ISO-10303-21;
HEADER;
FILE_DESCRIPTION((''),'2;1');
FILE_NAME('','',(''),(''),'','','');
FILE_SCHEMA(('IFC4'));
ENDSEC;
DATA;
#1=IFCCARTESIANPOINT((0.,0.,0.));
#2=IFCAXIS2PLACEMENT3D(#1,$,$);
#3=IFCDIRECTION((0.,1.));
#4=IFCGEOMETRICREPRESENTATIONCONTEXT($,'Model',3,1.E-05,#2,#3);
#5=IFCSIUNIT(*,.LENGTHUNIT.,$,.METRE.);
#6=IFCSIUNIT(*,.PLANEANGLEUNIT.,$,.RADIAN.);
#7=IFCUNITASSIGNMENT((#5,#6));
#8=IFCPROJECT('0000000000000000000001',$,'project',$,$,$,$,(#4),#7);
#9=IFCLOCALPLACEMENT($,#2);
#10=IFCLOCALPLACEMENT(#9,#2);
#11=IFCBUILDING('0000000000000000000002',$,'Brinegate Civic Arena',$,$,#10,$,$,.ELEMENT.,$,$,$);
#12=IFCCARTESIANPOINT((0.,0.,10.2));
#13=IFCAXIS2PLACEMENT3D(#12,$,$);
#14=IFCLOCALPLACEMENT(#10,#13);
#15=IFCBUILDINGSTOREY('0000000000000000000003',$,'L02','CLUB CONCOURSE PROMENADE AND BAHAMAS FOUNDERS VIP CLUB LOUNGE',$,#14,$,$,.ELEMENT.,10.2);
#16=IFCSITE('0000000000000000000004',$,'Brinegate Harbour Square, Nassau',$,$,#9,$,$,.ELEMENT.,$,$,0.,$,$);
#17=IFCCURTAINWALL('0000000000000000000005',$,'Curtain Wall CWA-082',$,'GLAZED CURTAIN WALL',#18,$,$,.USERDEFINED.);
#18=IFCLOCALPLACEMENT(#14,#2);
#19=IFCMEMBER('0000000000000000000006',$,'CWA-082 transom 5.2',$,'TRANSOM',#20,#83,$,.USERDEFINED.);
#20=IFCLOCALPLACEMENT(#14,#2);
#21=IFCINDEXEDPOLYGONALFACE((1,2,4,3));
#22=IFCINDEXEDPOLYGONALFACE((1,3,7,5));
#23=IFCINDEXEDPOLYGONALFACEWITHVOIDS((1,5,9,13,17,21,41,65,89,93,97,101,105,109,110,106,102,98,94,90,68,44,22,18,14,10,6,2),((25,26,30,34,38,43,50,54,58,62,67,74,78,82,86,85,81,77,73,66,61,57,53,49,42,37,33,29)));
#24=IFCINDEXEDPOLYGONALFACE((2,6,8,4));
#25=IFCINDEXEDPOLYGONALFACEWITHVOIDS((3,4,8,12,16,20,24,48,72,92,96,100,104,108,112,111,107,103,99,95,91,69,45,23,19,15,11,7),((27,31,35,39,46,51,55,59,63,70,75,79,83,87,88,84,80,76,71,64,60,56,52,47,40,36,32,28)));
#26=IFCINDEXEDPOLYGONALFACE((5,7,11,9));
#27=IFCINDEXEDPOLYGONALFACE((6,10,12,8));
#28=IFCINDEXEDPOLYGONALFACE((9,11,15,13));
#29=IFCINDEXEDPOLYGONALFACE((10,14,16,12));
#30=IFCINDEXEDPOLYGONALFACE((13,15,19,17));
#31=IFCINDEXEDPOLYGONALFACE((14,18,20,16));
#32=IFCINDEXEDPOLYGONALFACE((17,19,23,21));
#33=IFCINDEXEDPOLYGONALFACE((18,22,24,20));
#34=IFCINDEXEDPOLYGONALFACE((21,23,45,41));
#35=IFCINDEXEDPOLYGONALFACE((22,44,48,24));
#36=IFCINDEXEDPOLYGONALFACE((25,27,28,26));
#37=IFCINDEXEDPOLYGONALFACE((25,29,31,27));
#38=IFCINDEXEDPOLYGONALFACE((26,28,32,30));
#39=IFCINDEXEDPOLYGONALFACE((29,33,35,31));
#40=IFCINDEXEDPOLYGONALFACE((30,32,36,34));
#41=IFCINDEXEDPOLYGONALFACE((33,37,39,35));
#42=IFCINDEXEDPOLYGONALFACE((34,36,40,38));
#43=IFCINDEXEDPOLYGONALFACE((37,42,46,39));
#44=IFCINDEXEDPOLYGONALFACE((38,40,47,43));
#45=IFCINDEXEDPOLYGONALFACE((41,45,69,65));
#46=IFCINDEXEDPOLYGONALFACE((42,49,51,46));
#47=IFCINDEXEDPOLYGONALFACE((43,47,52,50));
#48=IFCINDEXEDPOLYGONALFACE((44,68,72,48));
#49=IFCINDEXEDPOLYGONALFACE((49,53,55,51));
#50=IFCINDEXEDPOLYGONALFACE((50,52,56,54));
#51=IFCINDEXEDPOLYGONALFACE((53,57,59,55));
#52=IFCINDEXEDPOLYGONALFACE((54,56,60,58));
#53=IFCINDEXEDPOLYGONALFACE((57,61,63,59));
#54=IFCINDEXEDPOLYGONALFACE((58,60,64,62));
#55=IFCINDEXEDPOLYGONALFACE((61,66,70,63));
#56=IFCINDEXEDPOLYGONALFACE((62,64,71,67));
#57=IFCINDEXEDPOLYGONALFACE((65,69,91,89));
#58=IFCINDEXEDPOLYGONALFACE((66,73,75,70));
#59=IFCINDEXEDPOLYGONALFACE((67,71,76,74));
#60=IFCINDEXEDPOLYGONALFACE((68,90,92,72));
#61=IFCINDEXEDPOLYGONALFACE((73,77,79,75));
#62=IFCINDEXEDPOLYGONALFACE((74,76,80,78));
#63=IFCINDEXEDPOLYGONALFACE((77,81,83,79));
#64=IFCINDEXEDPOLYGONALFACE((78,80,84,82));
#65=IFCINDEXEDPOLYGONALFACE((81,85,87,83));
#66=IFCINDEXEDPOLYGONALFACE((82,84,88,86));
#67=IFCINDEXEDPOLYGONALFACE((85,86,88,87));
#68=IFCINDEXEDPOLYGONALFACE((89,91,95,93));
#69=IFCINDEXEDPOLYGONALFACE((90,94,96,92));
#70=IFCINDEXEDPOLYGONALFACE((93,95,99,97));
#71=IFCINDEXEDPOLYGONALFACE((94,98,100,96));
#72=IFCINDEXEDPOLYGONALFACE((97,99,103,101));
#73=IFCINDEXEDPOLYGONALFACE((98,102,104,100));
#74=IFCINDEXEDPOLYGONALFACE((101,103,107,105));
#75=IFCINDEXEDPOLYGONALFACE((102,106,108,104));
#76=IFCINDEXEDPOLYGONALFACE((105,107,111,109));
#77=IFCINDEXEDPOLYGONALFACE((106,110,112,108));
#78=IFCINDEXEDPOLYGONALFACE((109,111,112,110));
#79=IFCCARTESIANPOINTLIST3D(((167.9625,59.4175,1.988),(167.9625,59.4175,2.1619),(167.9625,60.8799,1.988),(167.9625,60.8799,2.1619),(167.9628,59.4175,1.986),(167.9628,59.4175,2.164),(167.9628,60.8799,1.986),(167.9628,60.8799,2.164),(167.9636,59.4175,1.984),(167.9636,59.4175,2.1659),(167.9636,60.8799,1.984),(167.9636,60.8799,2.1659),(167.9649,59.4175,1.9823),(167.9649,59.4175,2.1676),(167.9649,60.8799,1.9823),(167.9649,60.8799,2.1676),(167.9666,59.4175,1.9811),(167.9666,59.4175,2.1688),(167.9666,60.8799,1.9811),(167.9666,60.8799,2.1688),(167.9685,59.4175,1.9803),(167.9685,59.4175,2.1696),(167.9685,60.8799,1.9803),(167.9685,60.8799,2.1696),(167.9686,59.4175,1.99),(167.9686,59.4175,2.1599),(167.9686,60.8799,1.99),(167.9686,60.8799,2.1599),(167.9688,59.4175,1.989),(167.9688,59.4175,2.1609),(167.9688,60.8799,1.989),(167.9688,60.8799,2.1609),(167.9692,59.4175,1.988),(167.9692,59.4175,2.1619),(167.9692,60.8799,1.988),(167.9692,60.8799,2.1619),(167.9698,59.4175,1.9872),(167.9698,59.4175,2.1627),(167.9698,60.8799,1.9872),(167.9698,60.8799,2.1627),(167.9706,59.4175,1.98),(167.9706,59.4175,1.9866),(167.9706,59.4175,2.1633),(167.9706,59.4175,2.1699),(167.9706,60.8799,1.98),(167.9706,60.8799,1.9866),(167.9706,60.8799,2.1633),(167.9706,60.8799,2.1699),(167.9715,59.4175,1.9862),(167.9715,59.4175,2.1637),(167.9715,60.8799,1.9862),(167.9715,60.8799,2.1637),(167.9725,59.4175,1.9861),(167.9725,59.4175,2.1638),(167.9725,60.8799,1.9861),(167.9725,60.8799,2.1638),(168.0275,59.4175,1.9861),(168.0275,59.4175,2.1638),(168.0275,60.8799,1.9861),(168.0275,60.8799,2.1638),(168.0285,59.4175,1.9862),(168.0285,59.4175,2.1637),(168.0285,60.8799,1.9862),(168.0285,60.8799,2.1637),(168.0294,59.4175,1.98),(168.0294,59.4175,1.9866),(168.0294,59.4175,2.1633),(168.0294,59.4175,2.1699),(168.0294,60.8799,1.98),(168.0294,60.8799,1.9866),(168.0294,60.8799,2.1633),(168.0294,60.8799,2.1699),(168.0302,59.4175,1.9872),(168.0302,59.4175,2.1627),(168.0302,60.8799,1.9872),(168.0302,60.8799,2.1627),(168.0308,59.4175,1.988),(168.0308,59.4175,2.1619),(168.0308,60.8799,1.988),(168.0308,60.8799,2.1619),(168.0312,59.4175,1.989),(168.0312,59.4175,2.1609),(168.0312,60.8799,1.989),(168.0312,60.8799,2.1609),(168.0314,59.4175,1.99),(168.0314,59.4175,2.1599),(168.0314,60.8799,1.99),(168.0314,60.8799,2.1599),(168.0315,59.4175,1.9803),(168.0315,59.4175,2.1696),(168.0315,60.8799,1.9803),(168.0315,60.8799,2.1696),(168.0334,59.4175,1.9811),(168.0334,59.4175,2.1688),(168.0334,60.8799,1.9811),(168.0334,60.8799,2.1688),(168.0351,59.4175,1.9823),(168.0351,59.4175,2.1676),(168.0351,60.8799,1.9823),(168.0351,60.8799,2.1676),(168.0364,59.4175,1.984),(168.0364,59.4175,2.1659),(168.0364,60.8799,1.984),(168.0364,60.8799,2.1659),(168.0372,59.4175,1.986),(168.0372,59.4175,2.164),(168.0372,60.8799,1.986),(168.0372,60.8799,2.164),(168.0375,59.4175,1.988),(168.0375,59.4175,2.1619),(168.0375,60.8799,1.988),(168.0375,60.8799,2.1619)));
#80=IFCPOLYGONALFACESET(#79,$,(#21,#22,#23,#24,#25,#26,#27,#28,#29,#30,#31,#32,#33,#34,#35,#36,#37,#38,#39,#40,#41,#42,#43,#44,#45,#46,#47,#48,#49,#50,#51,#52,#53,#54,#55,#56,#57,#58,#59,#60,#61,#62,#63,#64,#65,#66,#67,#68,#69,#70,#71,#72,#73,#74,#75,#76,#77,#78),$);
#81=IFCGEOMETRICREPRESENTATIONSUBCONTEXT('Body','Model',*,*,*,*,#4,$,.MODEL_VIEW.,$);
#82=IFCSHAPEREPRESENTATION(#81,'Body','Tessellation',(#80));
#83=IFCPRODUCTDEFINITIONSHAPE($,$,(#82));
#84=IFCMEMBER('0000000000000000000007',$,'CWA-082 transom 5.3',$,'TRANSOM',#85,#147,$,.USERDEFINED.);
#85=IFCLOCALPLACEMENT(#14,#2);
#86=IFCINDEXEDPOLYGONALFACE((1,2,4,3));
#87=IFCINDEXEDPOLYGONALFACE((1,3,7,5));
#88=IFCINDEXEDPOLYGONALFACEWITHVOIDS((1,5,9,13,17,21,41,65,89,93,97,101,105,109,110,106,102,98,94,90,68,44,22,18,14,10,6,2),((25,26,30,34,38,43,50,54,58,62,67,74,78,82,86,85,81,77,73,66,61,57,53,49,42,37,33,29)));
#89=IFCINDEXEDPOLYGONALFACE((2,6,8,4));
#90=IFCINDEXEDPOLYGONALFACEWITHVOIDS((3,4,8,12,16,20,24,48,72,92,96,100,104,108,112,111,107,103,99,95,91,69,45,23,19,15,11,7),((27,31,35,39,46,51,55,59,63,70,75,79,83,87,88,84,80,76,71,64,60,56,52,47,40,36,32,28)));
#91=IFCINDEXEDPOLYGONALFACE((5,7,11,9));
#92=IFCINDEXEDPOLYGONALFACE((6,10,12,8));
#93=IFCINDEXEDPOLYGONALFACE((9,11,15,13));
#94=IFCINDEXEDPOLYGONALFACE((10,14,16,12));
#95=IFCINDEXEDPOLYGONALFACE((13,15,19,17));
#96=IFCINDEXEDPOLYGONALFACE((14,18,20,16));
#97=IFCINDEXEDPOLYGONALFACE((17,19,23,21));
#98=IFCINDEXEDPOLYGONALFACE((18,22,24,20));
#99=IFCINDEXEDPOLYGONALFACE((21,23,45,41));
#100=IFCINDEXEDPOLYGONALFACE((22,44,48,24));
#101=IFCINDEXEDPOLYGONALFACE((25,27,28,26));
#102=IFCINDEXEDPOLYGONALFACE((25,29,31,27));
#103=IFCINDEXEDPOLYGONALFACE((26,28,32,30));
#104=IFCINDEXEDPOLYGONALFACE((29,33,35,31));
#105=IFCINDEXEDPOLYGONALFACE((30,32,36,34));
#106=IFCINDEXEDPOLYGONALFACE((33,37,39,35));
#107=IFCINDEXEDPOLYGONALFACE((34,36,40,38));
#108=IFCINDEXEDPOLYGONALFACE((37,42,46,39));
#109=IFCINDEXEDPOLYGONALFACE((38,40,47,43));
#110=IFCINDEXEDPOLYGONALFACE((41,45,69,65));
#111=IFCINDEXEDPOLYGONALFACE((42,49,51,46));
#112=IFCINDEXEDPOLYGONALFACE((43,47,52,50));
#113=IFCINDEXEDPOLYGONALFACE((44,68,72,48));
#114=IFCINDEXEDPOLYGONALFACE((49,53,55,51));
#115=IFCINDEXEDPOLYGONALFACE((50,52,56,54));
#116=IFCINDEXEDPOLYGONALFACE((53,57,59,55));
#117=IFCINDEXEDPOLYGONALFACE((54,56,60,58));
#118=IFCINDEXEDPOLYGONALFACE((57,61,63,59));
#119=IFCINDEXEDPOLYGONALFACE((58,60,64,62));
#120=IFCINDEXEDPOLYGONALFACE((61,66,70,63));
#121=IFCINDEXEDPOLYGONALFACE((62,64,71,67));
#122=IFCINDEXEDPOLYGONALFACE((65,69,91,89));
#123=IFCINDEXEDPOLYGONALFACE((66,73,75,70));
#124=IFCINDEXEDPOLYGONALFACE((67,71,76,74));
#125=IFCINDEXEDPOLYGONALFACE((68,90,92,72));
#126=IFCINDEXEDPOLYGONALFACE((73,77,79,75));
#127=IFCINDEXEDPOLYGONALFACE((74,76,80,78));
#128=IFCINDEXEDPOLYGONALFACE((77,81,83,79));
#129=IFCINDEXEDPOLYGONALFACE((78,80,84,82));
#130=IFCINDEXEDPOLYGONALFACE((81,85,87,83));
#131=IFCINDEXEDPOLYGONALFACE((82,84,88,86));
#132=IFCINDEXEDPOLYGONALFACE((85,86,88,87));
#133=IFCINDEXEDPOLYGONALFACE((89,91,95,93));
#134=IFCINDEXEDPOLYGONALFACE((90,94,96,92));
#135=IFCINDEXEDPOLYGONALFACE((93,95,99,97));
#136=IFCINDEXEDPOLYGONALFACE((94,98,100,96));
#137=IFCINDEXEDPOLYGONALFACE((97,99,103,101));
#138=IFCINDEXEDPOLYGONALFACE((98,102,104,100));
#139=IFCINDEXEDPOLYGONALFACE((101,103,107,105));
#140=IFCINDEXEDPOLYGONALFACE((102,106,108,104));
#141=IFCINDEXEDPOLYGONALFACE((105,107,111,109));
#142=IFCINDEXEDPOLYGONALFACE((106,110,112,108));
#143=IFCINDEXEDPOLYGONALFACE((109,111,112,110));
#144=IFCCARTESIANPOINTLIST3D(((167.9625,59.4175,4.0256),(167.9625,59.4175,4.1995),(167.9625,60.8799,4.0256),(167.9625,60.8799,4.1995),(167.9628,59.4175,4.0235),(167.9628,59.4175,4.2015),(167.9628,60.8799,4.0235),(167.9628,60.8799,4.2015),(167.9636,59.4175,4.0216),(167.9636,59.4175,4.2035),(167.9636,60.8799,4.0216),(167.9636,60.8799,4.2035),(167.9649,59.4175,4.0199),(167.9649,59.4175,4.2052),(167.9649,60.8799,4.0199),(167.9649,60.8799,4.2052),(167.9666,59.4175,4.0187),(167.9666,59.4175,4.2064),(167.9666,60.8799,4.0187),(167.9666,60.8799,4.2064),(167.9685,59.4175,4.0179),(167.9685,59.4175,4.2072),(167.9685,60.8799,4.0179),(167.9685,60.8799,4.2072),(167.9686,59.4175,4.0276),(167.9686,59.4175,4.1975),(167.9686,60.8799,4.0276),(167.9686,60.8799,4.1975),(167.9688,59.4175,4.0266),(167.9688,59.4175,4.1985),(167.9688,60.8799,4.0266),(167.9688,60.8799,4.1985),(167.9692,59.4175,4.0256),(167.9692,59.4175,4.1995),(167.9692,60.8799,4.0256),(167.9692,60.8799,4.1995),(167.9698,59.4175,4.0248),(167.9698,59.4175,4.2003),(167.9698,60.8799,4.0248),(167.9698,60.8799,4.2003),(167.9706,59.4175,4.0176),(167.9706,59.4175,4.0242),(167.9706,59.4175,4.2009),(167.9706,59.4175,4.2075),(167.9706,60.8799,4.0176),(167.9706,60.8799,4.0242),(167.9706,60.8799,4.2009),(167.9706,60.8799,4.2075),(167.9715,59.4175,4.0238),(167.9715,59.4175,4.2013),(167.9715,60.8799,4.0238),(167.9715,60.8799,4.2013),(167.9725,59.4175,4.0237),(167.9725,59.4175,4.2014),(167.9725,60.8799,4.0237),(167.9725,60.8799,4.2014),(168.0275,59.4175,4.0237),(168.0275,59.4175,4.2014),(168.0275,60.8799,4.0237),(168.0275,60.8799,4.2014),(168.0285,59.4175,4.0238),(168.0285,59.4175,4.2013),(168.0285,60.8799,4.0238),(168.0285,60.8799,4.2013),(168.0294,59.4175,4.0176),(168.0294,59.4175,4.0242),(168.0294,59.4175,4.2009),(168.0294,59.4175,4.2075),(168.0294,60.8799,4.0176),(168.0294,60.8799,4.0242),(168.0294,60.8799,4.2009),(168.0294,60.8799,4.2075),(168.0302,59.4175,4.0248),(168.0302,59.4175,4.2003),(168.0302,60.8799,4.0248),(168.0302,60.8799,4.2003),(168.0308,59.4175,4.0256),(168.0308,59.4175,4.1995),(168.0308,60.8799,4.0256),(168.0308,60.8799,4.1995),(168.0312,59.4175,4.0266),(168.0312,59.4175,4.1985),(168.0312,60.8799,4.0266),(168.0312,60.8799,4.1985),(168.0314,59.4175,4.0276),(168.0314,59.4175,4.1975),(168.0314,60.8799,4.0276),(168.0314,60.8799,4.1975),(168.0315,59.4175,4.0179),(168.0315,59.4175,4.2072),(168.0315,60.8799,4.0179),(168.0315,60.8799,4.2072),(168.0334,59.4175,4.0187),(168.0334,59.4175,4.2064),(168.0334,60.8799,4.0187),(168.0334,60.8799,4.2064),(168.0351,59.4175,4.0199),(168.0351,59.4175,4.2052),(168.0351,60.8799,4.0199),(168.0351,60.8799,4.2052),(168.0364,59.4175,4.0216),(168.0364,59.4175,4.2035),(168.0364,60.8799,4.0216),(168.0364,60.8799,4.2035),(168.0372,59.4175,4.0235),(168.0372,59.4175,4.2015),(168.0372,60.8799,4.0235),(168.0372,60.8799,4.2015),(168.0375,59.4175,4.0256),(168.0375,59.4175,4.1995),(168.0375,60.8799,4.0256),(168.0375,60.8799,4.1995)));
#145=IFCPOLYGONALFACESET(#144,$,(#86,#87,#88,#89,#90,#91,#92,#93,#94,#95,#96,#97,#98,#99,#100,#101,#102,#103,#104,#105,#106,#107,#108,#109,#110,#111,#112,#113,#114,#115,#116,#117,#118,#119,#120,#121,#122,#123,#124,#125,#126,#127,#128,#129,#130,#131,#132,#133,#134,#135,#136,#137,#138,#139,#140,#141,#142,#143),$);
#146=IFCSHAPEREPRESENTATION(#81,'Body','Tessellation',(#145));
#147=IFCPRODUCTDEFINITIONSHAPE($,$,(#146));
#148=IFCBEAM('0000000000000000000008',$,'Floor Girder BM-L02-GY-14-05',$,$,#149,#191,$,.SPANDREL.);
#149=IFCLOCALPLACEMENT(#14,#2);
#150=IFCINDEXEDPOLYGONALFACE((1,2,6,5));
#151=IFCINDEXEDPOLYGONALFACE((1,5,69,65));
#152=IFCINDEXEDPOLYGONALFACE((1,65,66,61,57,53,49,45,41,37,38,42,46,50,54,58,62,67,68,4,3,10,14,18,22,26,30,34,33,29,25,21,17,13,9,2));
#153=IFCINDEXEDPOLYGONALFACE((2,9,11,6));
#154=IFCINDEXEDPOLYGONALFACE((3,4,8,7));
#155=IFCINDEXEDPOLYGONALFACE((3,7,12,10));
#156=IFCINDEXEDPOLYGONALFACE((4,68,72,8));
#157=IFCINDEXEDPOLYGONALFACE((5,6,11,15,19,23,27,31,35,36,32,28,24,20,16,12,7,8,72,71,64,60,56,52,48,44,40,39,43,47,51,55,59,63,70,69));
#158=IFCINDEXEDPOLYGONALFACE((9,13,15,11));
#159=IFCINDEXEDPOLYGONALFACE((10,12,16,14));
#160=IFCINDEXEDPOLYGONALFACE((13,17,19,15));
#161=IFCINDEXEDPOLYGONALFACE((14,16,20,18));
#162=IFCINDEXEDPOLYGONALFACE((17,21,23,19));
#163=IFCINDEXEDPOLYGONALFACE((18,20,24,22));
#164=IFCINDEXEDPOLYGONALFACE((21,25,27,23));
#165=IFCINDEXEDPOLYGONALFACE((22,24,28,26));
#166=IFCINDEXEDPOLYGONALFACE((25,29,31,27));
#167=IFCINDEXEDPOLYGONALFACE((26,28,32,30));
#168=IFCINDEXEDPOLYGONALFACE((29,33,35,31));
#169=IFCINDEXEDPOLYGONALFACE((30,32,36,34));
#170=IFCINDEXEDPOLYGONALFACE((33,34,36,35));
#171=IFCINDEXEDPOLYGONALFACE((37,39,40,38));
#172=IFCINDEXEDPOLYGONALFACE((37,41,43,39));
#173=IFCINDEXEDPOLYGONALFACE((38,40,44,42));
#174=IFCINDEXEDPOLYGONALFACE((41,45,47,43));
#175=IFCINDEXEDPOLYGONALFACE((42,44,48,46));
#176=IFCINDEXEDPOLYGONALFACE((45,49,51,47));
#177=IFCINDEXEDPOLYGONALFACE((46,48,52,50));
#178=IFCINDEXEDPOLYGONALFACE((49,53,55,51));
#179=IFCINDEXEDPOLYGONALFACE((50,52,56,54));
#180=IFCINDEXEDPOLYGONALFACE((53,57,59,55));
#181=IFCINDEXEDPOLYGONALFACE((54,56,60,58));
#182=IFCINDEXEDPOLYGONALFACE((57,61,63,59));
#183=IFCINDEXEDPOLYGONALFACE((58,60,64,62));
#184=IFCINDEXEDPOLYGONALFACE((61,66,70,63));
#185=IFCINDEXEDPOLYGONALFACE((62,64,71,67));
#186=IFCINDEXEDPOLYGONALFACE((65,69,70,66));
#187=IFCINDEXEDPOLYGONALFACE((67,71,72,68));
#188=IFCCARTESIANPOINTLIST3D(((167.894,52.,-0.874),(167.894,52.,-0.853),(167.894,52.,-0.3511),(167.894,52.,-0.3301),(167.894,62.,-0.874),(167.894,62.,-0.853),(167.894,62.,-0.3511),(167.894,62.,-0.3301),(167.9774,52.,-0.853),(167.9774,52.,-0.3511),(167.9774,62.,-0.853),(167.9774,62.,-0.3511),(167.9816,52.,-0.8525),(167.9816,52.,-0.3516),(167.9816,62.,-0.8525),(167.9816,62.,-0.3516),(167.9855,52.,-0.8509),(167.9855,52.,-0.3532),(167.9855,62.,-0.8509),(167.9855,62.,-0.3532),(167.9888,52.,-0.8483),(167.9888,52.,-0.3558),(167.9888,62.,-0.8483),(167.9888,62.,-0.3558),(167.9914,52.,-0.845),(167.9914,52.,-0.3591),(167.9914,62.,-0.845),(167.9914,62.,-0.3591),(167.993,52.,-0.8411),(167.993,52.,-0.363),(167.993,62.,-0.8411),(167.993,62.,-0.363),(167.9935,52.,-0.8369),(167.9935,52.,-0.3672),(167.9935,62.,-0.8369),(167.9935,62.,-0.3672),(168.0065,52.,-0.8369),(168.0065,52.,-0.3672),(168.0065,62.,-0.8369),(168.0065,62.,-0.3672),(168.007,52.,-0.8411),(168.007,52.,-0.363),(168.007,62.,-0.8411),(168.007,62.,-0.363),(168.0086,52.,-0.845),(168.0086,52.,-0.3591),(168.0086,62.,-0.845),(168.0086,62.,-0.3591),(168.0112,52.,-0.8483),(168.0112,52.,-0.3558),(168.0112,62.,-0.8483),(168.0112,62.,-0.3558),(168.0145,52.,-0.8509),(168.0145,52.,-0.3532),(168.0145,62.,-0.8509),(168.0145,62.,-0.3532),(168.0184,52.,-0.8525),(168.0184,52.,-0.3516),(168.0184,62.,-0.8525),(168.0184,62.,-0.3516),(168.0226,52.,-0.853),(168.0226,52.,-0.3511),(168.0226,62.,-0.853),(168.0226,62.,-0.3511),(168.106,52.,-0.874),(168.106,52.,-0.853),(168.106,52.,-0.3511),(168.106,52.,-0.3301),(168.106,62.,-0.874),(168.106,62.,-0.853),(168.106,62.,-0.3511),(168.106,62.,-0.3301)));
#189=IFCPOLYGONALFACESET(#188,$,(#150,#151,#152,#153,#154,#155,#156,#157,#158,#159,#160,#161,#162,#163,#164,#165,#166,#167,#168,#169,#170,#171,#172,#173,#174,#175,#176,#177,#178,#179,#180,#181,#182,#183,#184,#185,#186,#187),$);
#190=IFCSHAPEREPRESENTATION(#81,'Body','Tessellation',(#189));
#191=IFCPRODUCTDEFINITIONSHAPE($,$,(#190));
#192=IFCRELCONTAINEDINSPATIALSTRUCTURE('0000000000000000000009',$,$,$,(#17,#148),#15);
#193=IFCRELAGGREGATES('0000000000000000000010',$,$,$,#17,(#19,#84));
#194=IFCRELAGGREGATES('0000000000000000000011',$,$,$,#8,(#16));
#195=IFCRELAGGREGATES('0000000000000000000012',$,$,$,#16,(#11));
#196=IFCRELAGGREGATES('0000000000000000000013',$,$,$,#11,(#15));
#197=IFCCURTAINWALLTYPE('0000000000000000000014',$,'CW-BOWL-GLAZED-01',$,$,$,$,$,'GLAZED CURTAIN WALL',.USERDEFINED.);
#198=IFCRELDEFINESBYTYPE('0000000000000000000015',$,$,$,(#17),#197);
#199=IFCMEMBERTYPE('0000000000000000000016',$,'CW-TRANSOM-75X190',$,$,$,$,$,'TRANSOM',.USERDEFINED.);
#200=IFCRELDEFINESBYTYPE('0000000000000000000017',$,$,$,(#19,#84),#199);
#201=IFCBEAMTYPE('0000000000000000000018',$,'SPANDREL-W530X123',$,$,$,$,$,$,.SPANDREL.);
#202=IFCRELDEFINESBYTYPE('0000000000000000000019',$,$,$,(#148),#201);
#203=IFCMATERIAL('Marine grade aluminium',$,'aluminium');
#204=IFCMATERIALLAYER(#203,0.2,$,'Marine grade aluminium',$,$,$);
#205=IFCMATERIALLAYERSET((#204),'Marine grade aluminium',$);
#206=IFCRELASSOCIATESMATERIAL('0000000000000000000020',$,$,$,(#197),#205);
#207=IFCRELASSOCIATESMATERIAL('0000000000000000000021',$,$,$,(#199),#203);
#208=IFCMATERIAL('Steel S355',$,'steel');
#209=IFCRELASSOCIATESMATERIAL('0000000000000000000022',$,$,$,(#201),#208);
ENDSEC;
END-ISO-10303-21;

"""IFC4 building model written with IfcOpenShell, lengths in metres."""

from ifc_helpers import new_model, si_unit, direction, frame, origin, origin_2d, place, context, subcontext, project, spatial, hollow_rectangle, i_section, extrude, material, layer, layer_set, material_profile, profile_set, type_object, element, aggregate, save


model = new_model("IFC4")

# Units and contexts
model_context = context("Model", 3, precision=1e-05, world=origin(), true_north=direction((0.0, 1.0)))
body_context = subcontext(model_context, "Body", "Model", "MODEL_VIEW")
ifc_project = project(units=[si_unit("LENGTHUNIT", "METRE"), si_unit("PLANEANGLEUNIT", "RADIAN")], contexts=[model_context])

# Site, building, storey
site_placement = place(None, origin())
site = spatial("IfcSite", under=ifc_project, at=site_placement, Name="Brinegate Harbour Square, Nassau", CompositionType="ELEMENT", RefElevation=0.0)
building_placement = place(site_placement, origin())
building = spatial("IfcBuilding", under=site, at=building_placement, Name="Brinegate Civic Arena", CompositionType="ELEMENT")
storey_placement = place(building_placement, frame((0.0, 0.0, 10.2)))
storey = spatial("IfcBuildingStorey", under=building, at=storey_placement, Name="L02", Description="CLUB CONCOURSE PROMENADE AND BAHAMAS FOUNDERS VIP CLUB LOUNGE", CompositionType="ELEMENT", Elevation=10.2)

# Shared definitions
ifc_material_1 = material(Name="Marine grade aluminium", Category="aluminium")
ifc_layer_1 = layer(ifc_material_1, 0.2, Name="Marine grade aluminium")
ifc_layer_set_1 = layer_set([ifc_layer_1], Name="Marine grade aluminium")
curtain_wall_type = type_object("IfcCurtainWallType", Name="CW-BOWL-GLAZED-01", ElementType="GLAZED CURTAIN WALL", PredefinedType="USERDEFINED", material=ifc_layer_set_1)

# Curtain wall
curtain_wall_1_placement = place(storey_placement, origin())
curtain_wall_1 = element("IfcCurtainWall", 1, at=curtain_wall_1_placement, inside=storey, type_object=curtain_wall_type, Name="Curtain Wall CWA-082", ObjectType="GLAZED CURTAIN WALL", PredefinedType="USERDEFINED")

# Members
ifc_material_profile_1 = material_profile(ifc_material_1, hollow_rectangle(XDim=0.075, YDim=0.1899, WallThickness=0.0061, InnerFilletRadius=0.0039, OuterFilletRadius=0.0081, at=origin_2d()), Name="TRN75X190")
ifc_profile_set_1 = profile_set([ifc_material_profile_1], Name="Marine grade aluminium")
member_type_1 = type_object("IfcMemberType", Name="CW-TRANSOM-75X190", ElementType="TRANSOM", PredefinedType="USERDEFINED", material=ifc_profile_set_1)
member_1_placement = place(storey_placement, frame((168.0, 59.4175, 2.075), z_axis=(0.0, 1.0, 0.0), x_axis=(-1.0, 0.0, 0.0)))
member_1 = element("IfcMember", 2, at=member_1_placement, type_object=member_type_1, Name="CWA-082 transom 5.2", ObjectType="TRANSOM", PredefinedType="USERDEFINED", context=body_context, shape_type="SweptSolid", body=[
    extrude(hollow_rectangle(XDim=0.075, YDim=0.1899, WallThickness=0.0061, InnerFilletRadius=0.0039, OuterFilletRadius=0.0081, at=origin_2d()), origin(), (0.0, 0.0, 1.0), 1.4624),
])
member_2_placement = place(storey_placement, frame((168.0, 59.4175, 4.1125), z_axis=(0.0, 1.0, 0.0), x_axis=(-1.0, 0.0, 0.0)))
member_2 = element("IfcMember", 3, at=member_2_placement, type_object=member_type_1, Name="CWA-082 transom 5.3", ObjectType="TRANSOM", PredefinedType="USERDEFINED", context=body_context, shape_type="SweptSolid", body=[
    extrude(hollow_rectangle(XDim=0.075, YDim=0.1899, WallThickness=0.0061, InnerFilletRadius=0.0039, OuterFilletRadius=0.0081, at=origin_2d()), origin(), (0.0, 0.0, 1.0), 1.4624),
])

# Beam
ifc_material_2 = material(Name="Steel S355", Category="steel")
ifc_material_profile_2 = material_profile(ifc_material_2, i_section(OverallWidth=0.2119, OverallDepth=0.5439, WebThickness=0.0129, FlangeThickness=0.021, FilletRadius=0.0161, at=origin_2d()), Name="W530X123")
ifc_profile_set_2 = profile_set([ifc_material_profile_2], Name="Steel S355")
beam_type = type_object("IfcBeamType", Name="SPANDREL-W530X123", PredefinedType="SPANDREL", material=ifc_profile_set_2)
beam_placement = place(storey_placement, frame((168.0, 52.0, -0.6021), z_axis=(0.0, 1.0, 0.0), x_axis=(-1.0, 0.0, 0.0)))
element("IfcBeam", 4, at=beam_placement, inside=storey, type_object=beam_type, Name="Floor Girder BM-L02-GY-14-05", PredefinedType="SPANDREL", context=body_context, shape_type="SweptSolid", body=[
    extrude(i_section(OverallWidth=0.2119, OverallDepth=0.5439, WebThickness=0.0129, FlangeThickness=0.021, FilletRadius=0.0161, at=origin_2d()), origin(), (0.0, 0.0, 1.0), 10.0),
])

aggregate(curtain_wall_1, [member_1, member_2])

save(model, "model.ifc")
